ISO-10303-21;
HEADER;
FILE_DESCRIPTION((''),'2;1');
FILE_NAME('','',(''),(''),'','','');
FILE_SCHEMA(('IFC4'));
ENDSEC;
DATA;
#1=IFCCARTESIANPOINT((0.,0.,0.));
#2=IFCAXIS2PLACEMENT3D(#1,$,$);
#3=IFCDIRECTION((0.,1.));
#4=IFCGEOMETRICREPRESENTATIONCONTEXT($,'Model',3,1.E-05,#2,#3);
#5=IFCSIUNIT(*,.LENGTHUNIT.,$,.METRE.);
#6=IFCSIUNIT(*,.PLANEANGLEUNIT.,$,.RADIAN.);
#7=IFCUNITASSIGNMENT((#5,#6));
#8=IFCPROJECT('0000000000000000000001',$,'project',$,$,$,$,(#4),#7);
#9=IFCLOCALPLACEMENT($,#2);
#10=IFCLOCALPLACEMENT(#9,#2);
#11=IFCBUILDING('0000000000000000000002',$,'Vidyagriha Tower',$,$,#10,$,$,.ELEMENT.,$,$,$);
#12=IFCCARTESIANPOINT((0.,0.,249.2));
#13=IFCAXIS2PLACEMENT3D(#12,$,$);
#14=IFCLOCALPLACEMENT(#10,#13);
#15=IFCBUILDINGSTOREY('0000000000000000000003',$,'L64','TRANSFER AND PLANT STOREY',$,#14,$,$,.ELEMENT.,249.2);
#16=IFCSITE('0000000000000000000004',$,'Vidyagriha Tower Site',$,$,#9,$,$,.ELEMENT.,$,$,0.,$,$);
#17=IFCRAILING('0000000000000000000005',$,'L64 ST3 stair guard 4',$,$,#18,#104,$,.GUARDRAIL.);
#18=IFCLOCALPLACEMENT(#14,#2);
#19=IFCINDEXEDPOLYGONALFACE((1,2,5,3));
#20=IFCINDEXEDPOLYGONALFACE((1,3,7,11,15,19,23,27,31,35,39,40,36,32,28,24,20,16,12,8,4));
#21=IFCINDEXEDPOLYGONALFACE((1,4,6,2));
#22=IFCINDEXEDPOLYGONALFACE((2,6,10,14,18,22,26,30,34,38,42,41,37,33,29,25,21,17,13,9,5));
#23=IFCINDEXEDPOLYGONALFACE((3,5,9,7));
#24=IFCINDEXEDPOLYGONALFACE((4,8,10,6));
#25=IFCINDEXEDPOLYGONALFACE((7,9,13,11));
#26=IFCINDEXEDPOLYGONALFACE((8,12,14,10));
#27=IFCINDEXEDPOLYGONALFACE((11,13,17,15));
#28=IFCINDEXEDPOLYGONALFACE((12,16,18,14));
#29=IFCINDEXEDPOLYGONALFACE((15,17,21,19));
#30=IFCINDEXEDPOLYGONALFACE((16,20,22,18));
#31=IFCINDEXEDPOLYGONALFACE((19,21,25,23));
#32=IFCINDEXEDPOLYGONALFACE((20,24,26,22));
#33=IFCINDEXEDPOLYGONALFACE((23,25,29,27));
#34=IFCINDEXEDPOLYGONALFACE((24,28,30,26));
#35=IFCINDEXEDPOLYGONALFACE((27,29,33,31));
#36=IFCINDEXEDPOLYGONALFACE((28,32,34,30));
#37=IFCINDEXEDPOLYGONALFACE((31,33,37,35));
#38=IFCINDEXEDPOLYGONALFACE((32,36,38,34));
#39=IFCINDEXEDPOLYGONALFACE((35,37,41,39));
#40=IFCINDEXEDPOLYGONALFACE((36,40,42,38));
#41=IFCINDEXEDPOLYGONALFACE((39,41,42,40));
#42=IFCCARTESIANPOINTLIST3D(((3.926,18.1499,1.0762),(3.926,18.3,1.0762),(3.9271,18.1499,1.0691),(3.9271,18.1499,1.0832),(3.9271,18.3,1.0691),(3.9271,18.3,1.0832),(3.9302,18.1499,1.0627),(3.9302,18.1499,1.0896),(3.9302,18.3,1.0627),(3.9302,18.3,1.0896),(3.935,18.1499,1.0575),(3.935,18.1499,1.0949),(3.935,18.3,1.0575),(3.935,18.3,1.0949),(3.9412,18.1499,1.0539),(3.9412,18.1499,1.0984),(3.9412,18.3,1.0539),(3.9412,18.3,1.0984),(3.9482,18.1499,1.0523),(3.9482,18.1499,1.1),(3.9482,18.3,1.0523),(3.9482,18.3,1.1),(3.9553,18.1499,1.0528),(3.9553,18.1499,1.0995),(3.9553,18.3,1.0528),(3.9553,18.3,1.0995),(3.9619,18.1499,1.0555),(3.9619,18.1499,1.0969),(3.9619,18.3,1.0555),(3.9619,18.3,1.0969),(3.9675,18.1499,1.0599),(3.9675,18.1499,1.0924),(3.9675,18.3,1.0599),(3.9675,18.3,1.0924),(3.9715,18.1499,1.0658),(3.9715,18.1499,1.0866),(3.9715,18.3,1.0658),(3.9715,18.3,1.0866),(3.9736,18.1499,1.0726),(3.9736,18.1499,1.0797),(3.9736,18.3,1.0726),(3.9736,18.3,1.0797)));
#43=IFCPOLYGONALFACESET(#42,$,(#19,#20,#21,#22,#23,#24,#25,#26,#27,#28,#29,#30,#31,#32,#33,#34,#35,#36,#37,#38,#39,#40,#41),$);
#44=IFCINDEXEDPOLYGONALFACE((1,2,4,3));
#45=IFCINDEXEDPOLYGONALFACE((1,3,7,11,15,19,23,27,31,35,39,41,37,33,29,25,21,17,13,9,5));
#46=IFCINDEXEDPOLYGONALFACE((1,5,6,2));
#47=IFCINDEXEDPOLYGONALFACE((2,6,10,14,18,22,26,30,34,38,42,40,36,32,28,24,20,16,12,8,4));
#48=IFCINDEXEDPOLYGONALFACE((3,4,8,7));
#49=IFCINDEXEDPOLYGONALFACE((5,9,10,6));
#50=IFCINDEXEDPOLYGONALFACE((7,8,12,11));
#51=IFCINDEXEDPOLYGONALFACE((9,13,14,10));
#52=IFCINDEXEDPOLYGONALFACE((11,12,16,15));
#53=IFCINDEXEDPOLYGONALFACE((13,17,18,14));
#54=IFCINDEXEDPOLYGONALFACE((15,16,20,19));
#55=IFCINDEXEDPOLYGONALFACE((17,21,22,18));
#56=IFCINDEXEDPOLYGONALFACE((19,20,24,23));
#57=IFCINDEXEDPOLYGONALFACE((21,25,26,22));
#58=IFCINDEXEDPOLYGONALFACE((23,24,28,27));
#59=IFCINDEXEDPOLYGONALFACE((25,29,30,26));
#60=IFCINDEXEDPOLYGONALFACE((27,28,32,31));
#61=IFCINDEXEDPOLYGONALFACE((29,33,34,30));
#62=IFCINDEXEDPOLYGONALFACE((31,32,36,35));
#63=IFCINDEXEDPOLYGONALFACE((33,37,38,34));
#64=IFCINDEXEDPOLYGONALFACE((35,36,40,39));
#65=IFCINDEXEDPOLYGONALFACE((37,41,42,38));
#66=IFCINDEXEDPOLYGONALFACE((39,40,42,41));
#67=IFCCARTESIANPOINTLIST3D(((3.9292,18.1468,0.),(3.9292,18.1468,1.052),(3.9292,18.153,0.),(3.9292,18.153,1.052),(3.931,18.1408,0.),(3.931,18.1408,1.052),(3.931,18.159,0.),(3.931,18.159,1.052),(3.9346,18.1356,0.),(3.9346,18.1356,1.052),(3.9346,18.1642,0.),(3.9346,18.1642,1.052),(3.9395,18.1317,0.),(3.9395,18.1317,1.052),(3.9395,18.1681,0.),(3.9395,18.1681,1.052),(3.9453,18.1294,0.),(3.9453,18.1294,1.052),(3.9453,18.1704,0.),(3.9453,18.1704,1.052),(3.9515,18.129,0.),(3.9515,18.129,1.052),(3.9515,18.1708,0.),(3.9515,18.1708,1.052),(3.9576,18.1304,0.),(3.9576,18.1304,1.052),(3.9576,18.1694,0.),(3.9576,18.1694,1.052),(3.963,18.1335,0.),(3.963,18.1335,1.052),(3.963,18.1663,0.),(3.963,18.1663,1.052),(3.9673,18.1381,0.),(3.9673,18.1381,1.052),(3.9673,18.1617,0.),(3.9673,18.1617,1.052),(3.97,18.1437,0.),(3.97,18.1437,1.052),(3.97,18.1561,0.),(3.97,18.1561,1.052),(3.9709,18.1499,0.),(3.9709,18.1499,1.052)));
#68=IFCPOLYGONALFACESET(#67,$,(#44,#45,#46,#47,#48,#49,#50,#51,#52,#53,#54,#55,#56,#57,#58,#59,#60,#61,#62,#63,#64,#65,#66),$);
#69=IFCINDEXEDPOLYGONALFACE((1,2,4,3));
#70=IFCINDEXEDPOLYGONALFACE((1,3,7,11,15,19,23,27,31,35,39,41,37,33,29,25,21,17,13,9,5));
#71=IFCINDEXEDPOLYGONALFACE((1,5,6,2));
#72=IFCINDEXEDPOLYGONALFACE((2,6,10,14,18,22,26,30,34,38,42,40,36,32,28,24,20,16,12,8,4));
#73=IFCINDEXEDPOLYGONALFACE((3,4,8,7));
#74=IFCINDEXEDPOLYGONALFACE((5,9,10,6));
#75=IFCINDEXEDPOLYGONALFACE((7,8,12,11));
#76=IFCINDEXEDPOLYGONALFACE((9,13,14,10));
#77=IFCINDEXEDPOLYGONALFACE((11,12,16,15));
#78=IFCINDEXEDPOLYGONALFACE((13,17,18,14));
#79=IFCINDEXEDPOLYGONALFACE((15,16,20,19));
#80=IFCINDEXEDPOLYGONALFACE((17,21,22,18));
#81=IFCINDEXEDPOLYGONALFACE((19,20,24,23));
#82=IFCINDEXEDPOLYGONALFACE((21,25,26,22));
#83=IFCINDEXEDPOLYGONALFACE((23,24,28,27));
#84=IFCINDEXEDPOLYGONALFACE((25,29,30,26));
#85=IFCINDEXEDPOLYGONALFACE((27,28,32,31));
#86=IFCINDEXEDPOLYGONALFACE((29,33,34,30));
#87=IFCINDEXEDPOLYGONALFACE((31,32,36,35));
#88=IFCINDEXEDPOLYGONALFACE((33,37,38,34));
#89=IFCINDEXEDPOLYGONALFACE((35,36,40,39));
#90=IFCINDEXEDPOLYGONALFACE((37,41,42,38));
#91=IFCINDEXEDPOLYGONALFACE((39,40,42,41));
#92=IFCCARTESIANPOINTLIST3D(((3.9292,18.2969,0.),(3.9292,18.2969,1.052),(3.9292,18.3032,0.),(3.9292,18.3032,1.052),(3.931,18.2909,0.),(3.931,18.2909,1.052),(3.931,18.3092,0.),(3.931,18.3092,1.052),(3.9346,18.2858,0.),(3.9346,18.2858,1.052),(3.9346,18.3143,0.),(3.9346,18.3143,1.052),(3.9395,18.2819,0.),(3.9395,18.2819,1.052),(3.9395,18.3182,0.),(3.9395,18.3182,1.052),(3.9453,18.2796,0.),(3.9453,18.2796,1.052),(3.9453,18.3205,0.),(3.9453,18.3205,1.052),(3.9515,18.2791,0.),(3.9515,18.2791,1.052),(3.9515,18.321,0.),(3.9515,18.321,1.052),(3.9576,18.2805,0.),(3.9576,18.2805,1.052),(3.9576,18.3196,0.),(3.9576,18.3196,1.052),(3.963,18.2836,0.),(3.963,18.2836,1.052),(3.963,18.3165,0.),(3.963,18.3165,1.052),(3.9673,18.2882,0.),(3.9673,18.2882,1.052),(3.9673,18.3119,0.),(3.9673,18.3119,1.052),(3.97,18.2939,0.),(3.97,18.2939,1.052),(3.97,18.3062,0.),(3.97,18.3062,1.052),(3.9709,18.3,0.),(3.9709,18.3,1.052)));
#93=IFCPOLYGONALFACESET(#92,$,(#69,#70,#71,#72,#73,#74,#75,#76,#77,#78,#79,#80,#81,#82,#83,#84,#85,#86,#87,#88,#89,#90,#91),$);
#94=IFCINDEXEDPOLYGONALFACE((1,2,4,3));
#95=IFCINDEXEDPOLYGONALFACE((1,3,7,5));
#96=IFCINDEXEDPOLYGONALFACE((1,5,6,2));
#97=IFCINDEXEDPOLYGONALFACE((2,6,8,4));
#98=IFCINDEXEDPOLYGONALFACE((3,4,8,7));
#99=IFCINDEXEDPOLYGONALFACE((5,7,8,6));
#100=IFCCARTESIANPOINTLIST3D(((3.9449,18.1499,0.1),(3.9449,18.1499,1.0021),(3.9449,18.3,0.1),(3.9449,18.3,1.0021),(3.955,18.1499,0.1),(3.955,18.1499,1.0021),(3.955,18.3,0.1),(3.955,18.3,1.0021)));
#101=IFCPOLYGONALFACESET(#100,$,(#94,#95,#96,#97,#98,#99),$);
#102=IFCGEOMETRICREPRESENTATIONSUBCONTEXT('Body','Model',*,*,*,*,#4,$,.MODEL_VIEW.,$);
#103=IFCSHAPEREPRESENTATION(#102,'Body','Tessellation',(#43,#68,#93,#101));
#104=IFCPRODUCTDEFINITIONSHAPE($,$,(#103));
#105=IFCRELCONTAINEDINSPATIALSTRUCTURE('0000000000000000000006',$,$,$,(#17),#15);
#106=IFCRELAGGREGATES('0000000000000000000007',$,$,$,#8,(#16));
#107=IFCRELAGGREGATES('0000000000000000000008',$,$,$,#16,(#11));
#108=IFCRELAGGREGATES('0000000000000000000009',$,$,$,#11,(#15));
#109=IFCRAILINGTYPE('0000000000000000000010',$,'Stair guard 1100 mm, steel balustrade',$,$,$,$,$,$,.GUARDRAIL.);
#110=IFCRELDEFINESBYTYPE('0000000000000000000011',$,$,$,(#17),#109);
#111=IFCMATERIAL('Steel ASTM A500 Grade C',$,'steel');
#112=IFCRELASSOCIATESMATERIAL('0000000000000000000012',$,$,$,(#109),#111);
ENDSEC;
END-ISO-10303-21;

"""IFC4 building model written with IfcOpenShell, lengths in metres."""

from ifc_helpers import new_model, si_unit, direction, frame, origin, origin_2d, place, context, subcontext, project, spatial, rectangle, circle, extrude, material, type_object, element, save


model = new_model("IFC4")

# Units and contexts
model_context = context("Model", 3, precision=1e-05, world=origin(), true_north=direction((0.0, 1.0)))
body_context = subcontext(model_context, "Body", "Model", "MODEL_VIEW")
ifc_project = project(units=[si_unit("LENGTHUNIT", "METRE"), si_unit("PLANEANGLEUNIT", "RADIAN")], contexts=[model_context])

# Site, building, storey
site_placement = place(None, origin())
site = spatial("IfcSite", under=ifc_project, at=site_placement, Name="Vidyagriha Tower Site", CompositionType="ELEMENT", RefElevation=0.0)
building_placement = place(site_placement, origin())
building = spatial("IfcBuilding", under=site, at=building_placement, Name="Vidyagriha Tower", CompositionType="ELEMENT")
storey_placement = place(building_placement, frame((0.0, 0.0, 249.2)))
storey = spatial("IfcBuildingStorey", under=building, at=storey_placement, Name="L64", Description="TRANSFER AND PLANT STOREY", CompositionType="ELEMENT", Elevation=249.2)

# Railing
ifc_material_1 = material(Name="Steel ASTM A500 Grade C", Category="steel")
railing_type_1 = type_object("IfcRailingType", Name="Stair guard 1100 mm, steel balustrade", PredefinedType="GUARDRAIL", material=ifc_material_1)
railing_1_placement = place(storey_placement, frame((3.95, 18.1499, 0.0)))
element("IfcRailing", 1, at=railing_1_placement, inside=storey, type_object=railing_type_1, Name="L64 ST3 stair guard 4", PredefinedType="GUARDRAIL", context=body_context, shape_type="SweptSolid", body=[
    extrude(circle(Radius=0.0239, at=origin_2d()), frame((0.0, 0.0, 1.0762), z_axis=(0.0, 1.0, 0.0), x_axis=(-1.0, 0.0, 0.0)), (0.0, 0.0, 1.0), 0.1501),
    extrude(circle(Radius=0.021, at=origin_2d()), origin(), (0.0, 0.0, 1.0), 1.052),
    extrude(circle(Radius=0.021, at=origin_2d()), frame((0.0, 0.1501, 0.0)), (0.0, 0.0, 1.0), 1.052),
    extrude(rectangle(XDim=0.01, YDim=0.9021, at=origin_2d()), frame((0.0, 0.0, 0.551), z_axis=(0.0, 1.0, 0.0), x_axis=(-1.0, 0.0, 0.0)), (0.0, 0.0, 1.0), 0.1501),
])

save(model, "model.ifc")
